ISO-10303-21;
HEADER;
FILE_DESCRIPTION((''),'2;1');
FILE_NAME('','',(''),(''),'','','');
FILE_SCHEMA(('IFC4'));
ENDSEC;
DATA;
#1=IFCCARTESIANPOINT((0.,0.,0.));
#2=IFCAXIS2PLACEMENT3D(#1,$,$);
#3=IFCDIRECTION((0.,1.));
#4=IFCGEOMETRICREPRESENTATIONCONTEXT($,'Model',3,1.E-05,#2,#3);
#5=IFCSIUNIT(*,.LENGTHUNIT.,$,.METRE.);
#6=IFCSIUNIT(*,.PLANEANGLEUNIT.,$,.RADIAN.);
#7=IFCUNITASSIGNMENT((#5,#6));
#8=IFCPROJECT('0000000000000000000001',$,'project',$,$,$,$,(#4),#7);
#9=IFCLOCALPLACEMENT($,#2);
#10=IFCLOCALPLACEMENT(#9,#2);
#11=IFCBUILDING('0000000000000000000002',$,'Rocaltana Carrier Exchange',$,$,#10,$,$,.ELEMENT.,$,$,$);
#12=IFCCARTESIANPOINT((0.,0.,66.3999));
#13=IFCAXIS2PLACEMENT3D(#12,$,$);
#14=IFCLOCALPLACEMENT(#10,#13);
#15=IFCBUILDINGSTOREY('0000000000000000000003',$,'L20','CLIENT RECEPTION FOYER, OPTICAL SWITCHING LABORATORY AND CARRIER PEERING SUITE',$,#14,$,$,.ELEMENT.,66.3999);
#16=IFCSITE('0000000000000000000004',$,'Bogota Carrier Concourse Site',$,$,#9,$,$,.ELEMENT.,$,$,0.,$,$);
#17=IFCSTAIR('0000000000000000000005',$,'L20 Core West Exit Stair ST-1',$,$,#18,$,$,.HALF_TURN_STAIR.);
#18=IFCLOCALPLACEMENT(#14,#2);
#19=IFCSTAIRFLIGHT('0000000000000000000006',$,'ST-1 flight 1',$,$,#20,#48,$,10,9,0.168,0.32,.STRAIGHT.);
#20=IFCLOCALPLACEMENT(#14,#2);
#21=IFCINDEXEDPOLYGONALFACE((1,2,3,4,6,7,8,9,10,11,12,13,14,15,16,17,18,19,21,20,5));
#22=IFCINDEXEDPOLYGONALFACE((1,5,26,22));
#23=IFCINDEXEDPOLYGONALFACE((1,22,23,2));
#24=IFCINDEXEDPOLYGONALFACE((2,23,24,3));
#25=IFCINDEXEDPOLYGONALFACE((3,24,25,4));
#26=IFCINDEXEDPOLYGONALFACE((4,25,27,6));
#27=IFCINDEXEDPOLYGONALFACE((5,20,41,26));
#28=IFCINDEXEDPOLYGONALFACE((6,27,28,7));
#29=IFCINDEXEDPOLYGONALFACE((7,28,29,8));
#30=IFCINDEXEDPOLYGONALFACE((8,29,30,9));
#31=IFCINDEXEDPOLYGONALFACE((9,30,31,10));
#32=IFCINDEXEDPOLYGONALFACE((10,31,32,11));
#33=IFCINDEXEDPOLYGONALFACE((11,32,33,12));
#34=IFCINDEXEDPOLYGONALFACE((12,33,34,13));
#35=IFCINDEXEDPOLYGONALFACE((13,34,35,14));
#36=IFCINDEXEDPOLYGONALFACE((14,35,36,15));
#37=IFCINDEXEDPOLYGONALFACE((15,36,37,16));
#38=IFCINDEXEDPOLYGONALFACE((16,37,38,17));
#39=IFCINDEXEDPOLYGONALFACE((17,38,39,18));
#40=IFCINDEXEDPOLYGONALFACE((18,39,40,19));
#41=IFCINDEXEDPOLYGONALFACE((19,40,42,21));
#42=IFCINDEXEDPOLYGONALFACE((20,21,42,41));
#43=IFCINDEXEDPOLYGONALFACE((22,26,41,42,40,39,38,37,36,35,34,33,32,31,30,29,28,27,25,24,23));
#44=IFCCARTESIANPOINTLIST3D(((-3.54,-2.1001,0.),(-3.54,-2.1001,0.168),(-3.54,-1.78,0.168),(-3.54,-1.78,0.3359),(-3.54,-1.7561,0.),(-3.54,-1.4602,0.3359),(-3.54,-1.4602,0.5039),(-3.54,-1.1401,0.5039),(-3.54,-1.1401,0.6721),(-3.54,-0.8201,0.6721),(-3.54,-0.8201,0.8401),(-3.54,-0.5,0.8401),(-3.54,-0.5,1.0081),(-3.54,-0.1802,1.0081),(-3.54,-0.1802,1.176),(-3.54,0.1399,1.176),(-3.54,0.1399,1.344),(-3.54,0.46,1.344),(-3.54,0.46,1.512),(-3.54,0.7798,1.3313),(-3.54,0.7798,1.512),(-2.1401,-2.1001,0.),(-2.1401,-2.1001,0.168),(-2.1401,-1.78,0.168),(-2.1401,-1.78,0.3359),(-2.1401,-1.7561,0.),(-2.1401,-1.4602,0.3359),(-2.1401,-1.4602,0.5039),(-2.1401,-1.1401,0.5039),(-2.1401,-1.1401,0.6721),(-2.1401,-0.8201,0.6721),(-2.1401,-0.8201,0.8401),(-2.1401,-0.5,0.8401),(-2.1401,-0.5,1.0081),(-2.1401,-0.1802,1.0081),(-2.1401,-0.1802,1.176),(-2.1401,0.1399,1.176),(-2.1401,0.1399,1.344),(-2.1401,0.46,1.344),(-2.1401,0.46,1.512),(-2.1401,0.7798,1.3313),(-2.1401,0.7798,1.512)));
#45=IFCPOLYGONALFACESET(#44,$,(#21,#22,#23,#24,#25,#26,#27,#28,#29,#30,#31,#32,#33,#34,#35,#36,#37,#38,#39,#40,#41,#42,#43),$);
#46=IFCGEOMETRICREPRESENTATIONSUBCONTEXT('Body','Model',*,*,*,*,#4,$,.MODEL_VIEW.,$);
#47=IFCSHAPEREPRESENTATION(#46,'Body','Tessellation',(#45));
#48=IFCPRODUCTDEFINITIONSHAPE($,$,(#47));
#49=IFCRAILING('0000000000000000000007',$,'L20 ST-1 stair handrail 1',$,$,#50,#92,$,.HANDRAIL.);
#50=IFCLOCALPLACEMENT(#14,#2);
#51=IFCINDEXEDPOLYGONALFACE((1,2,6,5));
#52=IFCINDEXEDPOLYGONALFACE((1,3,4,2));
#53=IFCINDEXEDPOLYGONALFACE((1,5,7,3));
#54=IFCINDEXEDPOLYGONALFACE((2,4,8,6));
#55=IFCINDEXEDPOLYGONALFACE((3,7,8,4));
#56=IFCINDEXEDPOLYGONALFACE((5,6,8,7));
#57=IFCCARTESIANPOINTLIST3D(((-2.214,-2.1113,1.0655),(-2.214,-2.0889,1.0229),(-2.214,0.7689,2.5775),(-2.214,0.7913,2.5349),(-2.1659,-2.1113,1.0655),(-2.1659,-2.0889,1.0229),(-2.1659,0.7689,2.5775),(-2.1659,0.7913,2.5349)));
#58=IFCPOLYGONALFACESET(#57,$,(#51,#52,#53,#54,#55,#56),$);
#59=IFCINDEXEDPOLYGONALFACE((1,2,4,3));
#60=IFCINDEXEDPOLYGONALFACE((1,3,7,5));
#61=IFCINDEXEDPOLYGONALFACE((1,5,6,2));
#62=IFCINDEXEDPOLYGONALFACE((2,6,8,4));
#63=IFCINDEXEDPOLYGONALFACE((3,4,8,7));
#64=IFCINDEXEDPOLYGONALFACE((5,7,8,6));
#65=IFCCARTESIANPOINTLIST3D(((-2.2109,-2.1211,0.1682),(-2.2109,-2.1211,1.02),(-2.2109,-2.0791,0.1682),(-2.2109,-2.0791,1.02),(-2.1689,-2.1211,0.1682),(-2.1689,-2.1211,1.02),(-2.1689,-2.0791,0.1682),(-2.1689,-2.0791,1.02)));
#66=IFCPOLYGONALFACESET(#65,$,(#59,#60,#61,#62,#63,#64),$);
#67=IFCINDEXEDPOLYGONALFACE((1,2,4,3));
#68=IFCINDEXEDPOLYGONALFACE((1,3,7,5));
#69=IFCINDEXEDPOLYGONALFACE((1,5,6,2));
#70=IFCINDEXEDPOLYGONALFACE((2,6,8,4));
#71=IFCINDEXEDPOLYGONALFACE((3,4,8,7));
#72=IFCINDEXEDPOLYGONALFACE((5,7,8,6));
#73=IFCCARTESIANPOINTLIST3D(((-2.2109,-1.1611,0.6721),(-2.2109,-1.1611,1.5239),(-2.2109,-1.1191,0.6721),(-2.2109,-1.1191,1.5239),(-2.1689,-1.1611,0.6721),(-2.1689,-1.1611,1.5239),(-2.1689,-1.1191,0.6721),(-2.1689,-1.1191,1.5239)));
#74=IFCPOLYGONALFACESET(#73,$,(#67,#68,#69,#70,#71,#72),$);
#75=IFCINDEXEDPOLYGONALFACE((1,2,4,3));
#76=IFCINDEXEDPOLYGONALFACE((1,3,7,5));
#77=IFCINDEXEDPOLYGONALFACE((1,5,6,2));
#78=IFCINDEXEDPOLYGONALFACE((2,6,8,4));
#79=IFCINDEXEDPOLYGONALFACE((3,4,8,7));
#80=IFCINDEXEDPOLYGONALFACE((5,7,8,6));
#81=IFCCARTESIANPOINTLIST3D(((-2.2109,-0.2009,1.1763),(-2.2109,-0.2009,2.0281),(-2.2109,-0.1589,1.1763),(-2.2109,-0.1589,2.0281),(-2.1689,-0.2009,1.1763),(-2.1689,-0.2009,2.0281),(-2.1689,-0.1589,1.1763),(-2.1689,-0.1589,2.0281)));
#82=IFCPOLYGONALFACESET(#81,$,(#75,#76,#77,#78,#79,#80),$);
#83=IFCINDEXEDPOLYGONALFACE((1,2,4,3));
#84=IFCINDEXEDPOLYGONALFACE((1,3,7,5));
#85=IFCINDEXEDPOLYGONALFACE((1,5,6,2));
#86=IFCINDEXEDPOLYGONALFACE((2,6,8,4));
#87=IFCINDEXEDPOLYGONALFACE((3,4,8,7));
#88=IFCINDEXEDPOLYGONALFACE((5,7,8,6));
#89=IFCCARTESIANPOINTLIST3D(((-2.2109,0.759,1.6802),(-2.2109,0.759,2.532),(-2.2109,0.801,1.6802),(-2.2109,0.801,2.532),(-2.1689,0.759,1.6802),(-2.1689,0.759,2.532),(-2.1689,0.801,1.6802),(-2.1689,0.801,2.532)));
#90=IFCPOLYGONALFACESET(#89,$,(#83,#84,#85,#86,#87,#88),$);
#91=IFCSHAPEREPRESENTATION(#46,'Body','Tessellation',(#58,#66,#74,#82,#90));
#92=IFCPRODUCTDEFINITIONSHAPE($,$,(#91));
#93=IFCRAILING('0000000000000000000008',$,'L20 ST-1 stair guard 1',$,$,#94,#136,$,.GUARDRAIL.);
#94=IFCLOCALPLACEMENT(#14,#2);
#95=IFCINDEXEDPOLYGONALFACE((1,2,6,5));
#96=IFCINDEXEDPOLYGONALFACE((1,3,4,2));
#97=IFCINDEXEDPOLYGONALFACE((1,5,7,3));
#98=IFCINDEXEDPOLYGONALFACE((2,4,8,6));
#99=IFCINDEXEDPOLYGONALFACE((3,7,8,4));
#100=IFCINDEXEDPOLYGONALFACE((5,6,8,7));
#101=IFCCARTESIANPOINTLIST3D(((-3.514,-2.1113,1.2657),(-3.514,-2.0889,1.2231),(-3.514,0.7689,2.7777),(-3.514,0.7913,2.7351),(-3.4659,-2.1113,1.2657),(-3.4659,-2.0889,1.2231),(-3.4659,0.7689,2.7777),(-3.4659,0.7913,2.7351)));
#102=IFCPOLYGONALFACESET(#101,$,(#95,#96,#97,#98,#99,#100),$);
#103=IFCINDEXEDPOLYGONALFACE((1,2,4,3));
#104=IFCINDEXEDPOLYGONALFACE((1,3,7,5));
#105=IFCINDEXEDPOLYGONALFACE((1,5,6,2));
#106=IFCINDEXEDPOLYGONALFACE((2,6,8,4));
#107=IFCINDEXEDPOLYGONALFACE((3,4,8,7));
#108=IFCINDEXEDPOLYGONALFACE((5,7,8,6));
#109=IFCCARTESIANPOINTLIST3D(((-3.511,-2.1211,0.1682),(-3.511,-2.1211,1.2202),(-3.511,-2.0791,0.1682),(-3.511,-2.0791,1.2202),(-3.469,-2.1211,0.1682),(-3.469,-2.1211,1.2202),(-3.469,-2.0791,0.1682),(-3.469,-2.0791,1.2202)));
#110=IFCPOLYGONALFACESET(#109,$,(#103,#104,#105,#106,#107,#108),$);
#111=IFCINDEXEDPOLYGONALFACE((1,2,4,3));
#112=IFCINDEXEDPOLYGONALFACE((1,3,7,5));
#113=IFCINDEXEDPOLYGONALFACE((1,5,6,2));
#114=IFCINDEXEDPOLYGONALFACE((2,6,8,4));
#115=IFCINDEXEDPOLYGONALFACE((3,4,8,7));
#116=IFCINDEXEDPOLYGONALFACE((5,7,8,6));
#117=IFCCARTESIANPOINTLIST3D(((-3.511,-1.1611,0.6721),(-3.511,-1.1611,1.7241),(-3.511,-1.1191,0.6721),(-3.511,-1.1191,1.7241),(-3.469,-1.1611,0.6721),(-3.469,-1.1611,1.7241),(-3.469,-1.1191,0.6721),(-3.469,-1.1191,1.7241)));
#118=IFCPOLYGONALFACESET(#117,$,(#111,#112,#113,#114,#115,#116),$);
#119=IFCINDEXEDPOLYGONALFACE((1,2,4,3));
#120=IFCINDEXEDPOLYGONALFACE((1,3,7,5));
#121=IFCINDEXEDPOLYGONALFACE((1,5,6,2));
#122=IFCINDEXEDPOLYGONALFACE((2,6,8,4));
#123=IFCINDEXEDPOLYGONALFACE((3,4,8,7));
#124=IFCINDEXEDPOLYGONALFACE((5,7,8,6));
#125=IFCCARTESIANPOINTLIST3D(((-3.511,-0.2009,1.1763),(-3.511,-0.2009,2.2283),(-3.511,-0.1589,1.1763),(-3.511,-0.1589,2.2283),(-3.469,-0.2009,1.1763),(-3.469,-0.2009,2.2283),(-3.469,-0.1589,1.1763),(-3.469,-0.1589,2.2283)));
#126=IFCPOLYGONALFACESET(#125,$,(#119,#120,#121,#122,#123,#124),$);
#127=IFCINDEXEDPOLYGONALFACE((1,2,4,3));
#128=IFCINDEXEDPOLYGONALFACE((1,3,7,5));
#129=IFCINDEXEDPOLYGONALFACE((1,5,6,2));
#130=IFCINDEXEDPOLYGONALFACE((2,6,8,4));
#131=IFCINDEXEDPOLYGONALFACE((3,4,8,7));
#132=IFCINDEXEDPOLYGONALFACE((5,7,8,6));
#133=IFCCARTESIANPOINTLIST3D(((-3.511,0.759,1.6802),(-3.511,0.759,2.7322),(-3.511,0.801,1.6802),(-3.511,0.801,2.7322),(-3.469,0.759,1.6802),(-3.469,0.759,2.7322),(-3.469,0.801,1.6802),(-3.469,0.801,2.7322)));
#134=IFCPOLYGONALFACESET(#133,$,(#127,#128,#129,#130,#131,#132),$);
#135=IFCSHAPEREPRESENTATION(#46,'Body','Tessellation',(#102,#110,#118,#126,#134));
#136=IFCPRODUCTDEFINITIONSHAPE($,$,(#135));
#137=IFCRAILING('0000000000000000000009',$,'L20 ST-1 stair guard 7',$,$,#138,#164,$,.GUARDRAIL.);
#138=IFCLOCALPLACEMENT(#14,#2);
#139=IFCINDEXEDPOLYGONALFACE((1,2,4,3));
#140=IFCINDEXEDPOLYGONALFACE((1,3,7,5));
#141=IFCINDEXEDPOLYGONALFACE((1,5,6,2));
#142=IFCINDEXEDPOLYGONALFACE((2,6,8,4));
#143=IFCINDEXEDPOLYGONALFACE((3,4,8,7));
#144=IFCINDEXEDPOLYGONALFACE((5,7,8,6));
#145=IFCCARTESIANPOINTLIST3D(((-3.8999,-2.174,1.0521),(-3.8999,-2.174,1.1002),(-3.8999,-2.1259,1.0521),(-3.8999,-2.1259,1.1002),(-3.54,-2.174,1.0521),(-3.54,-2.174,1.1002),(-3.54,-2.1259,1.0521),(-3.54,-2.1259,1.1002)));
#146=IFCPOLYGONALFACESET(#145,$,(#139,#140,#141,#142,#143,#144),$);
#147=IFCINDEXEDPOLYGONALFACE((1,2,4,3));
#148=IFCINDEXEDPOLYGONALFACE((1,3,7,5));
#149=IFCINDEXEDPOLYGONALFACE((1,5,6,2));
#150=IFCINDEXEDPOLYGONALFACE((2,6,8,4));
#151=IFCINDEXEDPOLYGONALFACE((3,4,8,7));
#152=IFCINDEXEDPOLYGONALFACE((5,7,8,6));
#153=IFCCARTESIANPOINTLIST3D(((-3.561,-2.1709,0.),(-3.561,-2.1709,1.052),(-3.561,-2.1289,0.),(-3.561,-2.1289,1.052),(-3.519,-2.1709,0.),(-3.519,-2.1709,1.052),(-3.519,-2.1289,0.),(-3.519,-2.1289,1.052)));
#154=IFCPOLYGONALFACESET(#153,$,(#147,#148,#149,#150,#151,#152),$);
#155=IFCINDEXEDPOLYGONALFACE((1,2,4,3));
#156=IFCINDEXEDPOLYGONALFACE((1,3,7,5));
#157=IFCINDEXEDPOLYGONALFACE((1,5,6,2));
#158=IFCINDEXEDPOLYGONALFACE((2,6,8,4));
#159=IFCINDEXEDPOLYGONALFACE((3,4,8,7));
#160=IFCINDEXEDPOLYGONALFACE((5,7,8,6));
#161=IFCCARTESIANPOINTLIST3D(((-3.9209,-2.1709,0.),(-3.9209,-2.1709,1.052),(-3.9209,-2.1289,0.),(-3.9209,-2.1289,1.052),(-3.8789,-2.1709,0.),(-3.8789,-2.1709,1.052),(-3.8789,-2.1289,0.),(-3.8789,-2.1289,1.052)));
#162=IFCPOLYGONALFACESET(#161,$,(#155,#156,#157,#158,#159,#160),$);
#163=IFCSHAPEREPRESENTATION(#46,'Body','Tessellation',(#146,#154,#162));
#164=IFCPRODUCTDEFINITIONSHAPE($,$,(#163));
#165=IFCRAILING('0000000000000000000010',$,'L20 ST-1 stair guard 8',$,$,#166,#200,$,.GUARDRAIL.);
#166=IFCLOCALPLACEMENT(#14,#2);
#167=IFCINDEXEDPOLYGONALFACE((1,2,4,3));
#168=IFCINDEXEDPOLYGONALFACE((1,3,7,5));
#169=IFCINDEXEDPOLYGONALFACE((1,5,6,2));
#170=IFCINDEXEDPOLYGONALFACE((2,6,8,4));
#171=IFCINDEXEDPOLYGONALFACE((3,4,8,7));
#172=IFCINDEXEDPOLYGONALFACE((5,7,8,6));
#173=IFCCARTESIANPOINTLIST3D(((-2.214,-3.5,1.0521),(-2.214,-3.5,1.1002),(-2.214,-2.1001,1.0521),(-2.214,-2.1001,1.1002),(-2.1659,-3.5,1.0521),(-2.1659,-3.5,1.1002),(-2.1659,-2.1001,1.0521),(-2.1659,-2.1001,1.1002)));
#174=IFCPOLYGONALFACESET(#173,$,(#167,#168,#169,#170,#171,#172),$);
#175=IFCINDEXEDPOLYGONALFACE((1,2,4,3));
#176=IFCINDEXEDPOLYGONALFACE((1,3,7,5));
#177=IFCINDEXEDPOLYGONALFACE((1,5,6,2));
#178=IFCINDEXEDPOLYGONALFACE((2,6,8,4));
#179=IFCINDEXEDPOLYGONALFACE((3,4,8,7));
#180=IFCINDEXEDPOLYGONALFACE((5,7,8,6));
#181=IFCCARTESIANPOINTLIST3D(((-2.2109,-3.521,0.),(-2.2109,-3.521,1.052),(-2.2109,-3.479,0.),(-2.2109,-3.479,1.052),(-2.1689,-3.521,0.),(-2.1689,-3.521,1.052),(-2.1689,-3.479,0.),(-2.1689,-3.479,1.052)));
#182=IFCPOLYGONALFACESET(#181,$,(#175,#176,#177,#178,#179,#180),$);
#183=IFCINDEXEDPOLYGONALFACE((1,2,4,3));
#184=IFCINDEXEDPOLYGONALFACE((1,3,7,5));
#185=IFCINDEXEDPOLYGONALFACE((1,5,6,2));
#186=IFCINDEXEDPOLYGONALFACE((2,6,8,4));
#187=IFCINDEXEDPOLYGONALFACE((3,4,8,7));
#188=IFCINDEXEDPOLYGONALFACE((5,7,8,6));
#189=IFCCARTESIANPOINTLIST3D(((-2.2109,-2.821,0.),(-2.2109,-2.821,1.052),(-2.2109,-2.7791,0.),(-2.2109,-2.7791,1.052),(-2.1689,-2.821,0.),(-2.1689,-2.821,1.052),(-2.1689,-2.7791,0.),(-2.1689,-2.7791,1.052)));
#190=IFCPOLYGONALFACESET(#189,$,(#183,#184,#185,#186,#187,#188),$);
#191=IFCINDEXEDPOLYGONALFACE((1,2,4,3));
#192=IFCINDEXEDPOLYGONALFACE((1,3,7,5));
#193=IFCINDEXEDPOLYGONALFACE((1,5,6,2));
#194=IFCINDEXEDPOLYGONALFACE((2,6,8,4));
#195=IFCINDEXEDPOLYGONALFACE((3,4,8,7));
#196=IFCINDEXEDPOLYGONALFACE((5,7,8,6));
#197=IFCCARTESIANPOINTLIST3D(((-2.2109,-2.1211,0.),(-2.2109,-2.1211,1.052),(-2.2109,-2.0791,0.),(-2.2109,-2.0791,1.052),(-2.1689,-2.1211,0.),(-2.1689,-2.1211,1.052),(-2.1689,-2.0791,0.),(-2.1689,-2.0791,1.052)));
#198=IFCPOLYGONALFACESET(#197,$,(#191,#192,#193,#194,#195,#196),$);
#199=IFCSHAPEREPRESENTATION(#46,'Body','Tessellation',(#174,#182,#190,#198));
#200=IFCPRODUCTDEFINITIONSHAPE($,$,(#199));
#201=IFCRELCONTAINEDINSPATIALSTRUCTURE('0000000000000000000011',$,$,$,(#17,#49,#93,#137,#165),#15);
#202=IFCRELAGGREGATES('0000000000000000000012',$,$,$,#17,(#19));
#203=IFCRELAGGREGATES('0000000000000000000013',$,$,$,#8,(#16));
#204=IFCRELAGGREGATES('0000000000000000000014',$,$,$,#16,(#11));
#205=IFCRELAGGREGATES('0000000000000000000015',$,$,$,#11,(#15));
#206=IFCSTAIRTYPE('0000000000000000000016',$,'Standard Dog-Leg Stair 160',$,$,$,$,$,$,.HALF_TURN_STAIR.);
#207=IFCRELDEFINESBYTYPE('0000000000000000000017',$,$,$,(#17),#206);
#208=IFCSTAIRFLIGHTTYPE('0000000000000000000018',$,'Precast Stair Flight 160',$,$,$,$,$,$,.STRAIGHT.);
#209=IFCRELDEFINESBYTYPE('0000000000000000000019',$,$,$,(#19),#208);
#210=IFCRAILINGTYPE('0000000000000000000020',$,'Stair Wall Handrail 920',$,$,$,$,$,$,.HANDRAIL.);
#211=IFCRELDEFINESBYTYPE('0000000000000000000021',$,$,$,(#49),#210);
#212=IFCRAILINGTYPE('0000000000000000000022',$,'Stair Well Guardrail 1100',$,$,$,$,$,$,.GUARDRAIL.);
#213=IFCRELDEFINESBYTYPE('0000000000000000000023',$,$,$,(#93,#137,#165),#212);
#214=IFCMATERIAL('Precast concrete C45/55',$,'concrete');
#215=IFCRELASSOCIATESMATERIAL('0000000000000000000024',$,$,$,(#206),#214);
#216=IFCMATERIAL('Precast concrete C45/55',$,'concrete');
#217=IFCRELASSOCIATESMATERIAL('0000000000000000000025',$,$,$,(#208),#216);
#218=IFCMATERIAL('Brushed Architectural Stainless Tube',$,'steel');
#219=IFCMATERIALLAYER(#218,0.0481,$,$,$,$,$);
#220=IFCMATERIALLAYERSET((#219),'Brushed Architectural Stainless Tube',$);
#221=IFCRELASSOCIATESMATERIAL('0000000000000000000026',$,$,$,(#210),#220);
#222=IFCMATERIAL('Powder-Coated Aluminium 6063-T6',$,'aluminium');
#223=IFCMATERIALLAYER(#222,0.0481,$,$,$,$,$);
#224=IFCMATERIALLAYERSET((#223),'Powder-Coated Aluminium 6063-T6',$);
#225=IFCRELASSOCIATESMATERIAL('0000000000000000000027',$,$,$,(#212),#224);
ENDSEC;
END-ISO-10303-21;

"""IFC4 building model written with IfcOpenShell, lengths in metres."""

from ifc_helpers import new_model, si_unit, direction, frame, origin, origin_2d, place, context, subcontext, project, spatial, polyline, rectangle, outline, extrude, material, layer, layer_set, type_object, element, aggregate, save


model = new_model("IFC4")

# Units and contexts
model_context = context("Model", 3, precision=1e-05, world=origin(), true_north=direction((0.0, 1.0)))
body_context = subcontext(model_context, "Body", "Model", "MODEL_VIEW")
ifc_project = project(units=[si_unit("LENGTHUNIT", "METRE"), si_unit("PLANEANGLEUNIT", "RADIAN")], contexts=[model_context])

# Site, building, storey
site_placement = place(None, origin())
site = spatial("IfcSite", under=ifc_project, at=site_placement, Name="Bogota Carrier Concourse Site", CompositionType="ELEMENT", RefElevation=0.0)
building_placement = place(site_placement, origin())
building = spatial("IfcBuilding", under=site, at=building_placement, Name="Rocaltana Carrier Exchange", CompositionType="ELEMENT")
storey_placement = place(building_placement, frame((0.0, 0.0, 66.3999)))
storey = spatial("IfcBuildingStorey", under=building, at=storey_placement, Name="L20", Description="CLIENT RECEPTION FOYER, OPTICAL SWITCHING LABORATORY AND CARRIER PEERING SUITE", CompositionType="ELEMENT", Elevation=66.3999)

# Stair, stair flight
ifc_material_1 = material(Name="Precast concrete C45/55", Category="concrete")
stair_type = type_object("IfcStairType", Name="Standard Dog-Leg Stair 160", PredefinedType="HALF_TURN_STAIR", material=ifc_material_1)
stair_placement = place(storey_placement, origin())
stair = element("IfcStair", 1, at=stair_placement, inside=storey, type_object=stair_type, Name="L20 Core West Exit Stair ST-1", PredefinedType="HALF_TURN_STAIR")
ifc_material_2 = material(Name="Precast concrete C45/55", Category="concrete")
stair_flight_type = type_object("IfcStairFlightType", Name="Precast Stair Flight 160", PredefinedType="STRAIGHT", material=ifc_material_2)
stair_flight_placement = place(storey_placement, frame((-2.8401, -2.1001, 0.0), z_axis=(0.0, 0.0, 1.0), x_axis=(0.0, 1.0, 0.0)))
stair_flight = element("IfcStairFlight", 2, at=stair_flight_placement, type_object=stair_flight_type, Name="ST-1 flight 1", NumberOfRisers=10, NumberOfTreads=9, PredefinedType="STRAIGHT", RiserHeight=0.168, TreadLength=0.32, context=body_context, shape_type="SweptSolid", body=[
    extrude(outline(polyline([(0.0, 0.0), (0.0, 0.168), (0.3201, 0.168), (0.3201, 0.3359), (0.6399, 0.3359), (0.6399, 0.5039), (0.96, 0.5039), (0.96, 0.6721), (1.28, 0.6721), (1.28, 0.8401), (1.6001, 0.8401), (1.6001, 1.0081), (1.9199, 1.0081), (1.9199, 1.176), (2.24, 1.176), (2.24, 1.344), (2.5601, 1.344), (2.5601, 1.512), (2.8799, 1.512), (2.8799, 1.6799), (2.8799, 1.3313), (0.344, 0.0), (0.0, 0.0)])), frame((0.0, 0.7, 0.0), z_axis=(0.0, -1.0, 0.0), x_axis=(1.0, 0.0, 0.0)), (0.0, 0.0, 1.0), 1.3999),
])
aggregate(stair, [stair_flight])

# Railings
ifc_material_3 = material(Name="Brushed Architectural Stainless Tube", Category="steel")
ifc_layer_1 = layer(ifc_material_3, 0.0481)
ifc_layer_set_1 = layer_set([ifc_layer_1], Name="Brushed Architectural Stainless Tube")
railing_type_1 = type_object("IfcRailingType", Name="Stair Wall Handrail 920", PredefinedType="HANDRAIL", material=ifc_layer_set_1)
railing_1_placement = place(storey_placement, frame((-2.1899, -2.1001, 0.1682)))
element("IfcRailing", 3, at=railing_1_placement, inside=storey, type_object=railing_type_1, Name="L20 ST-1 stair handrail 1", PredefinedType="HANDRAIL", context=body_context, shape_type="SweptSolid", body=[
    extrude(rectangle(XDim=0.0481, YDim=0.0481, at=origin_2d()), frame((0.0, 0.0, 0.876), z_axis=(0.0, 0.885411, 0.464809), x_axis=(-1.0, 0.0, 0.0)), (0.0, 0.0, 1.0), 3.2529),
    extrude(rectangle(XDim=0.042, YDim=0.042, at=origin_2d()), origin(), (0.0, 0.0, 1.0), 0.8518),
    extrude(rectangle(XDim=0.042, YDim=0.042, at=origin_2d()), frame((0.0, 0.96, 0.5039)), (0.0, 0.0, 1.0), 0.8518),
    extrude(rectangle(XDim=0.042, YDim=0.042, at=origin_2d()), frame((0.0, 1.9202, 1.0081)), (0.0, 0.0, 1.0), 0.8518),
    extrude(rectangle(XDim=0.042, YDim=0.042, at=origin_2d()), frame((0.0, 2.8801, 1.512)), (0.0, 0.0, 1.0), 0.8518),
])
ifc_material_4 = material(Name="Powder-Coated Aluminium 6063-T6", Category="aluminium")
ifc_layer_2 = layer(ifc_material_4, 0.0481)
ifc_layer_set_2 = layer_set([ifc_layer_2], Name="Powder-Coated Aluminium 6063-T6")
railing_type_2 = type_object("IfcRailingType", Name="Stair Well Guardrail 1100", PredefinedType="GUARDRAIL", material=ifc_layer_set_2)
railing_2_placement = place(storey_placement, frame((-3.49, -2.1001, 0.1682)))
element("IfcRailing", 4, at=railing_2_placement, inside=storey, type_object=railing_type_2, Name="L20 ST-1 stair guard 1", PredefinedType="GUARDRAIL", context=body_context, shape_type="SweptSolid", body=[
    extrude(rectangle(XDim=0.0481, YDim=0.0481, at=origin_2d()), frame((0.0, 0.0, 1.0762), z_axis=(0.0, 0.885411, 0.464809), x_axis=(-1.0, 0.0, 0.0)), (0.0, 0.0, 1.0), 3.2529),
    extrude(rectangle(XDim=0.042, YDim=0.042, at=origin_2d()), origin(), (0.0, 0.0, 1.0), 1.052),
    extrude(rectangle(XDim=0.042, YDim=0.042, at=origin_2d()), frame((0.0, 0.96, 0.5039)), (0.0, 0.0, 1.0), 1.052),
    extrude(rectangle(XDim=0.042, YDim=0.042, at=origin_2d()), frame((0.0, 1.9202, 1.0081)), (0.0, 0.0, 1.0), 1.052),
    extrude(rectangle(XDim=0.042, YDim=0.042, at=origin_2d()), frame((0.0, 2.8801, 1.512)), (0.0, 0.0, 1.0), 1.052),
])
railing_3_placement = place(storey_placement, frame((-3.54, -2.1499, 0.0)))
element("IfcRailing", 5, at=railing_3_placement, inside=storey, type_object=railing_type_2, Name="L20 ST-1 stair guard 7", PredefinedType="GUARDRAIL", context=body_context, shape_type="SweptSolid", body=[
    extrude(rectangle(XDim=0.0481, YDim=0.0481, at=origin_2d()), frame((0.0, 0.0, 1.0762), z_axis=(-1.0, 0.0, 0.0), x_axis=(0.0, -1.0, 0.0)), (0.0, 0.0, 1.0), 0.3599),
    extrude(rectangle(XDim=0.042, YDim=0.042, at=origin_2d()), origin(), (0.0, 0.0, 1.0), 1.052),
    extrude(rectangle(XDim=0.042, YDim=0.042, at=origin_2d()), frame((-0.3599, 0.0, 0.0)), (0.0, 0.0, 1.0), 1.052),
])
for number, where, name in (
    (6, (-2.1899, -3.5, 0.0), "L20 ST-1 stair guard 8"),
):
    element("IfcRailing", number, at=place(storey_placement, frame(where)), inside=storey, type_object=railing_type_2, Name=name, PredefinedType="GUARDRAIL", context=body_context, shape_type="SweptSolid", body=[
        extrude(rectangle(XDim=0.0481, YDim=0.0481, at=origin_2d()), frame((0.0, 0.0, 1.0762), z_axis=(0.0, 1.0, 0.0), x_axis=(-1.0, 0.0, 0.0)), (0.0, 0.0, 1.0), 1.3999),
        extrude(rectangle(XDim=0.042, YDim=0.042, at=origin_2d()), origin(), (0.0, 0.0, 1.0), 1.052),
        extrude(rectangle(XDim=0.042, YDim=0.042, at=origin_2d()), frame((0.0, 0.7, 0.0)), (0.0, 0.0, 1.0), 1.052),
        extrude(rectangle(XDim=0.042, YDim=0.042, at=origin_2d()), frame((0.0, 1.3999, 0.0)), (0.0, 0.0, 1.0), 1.052),
    ])

save(model, "model.ifc")
